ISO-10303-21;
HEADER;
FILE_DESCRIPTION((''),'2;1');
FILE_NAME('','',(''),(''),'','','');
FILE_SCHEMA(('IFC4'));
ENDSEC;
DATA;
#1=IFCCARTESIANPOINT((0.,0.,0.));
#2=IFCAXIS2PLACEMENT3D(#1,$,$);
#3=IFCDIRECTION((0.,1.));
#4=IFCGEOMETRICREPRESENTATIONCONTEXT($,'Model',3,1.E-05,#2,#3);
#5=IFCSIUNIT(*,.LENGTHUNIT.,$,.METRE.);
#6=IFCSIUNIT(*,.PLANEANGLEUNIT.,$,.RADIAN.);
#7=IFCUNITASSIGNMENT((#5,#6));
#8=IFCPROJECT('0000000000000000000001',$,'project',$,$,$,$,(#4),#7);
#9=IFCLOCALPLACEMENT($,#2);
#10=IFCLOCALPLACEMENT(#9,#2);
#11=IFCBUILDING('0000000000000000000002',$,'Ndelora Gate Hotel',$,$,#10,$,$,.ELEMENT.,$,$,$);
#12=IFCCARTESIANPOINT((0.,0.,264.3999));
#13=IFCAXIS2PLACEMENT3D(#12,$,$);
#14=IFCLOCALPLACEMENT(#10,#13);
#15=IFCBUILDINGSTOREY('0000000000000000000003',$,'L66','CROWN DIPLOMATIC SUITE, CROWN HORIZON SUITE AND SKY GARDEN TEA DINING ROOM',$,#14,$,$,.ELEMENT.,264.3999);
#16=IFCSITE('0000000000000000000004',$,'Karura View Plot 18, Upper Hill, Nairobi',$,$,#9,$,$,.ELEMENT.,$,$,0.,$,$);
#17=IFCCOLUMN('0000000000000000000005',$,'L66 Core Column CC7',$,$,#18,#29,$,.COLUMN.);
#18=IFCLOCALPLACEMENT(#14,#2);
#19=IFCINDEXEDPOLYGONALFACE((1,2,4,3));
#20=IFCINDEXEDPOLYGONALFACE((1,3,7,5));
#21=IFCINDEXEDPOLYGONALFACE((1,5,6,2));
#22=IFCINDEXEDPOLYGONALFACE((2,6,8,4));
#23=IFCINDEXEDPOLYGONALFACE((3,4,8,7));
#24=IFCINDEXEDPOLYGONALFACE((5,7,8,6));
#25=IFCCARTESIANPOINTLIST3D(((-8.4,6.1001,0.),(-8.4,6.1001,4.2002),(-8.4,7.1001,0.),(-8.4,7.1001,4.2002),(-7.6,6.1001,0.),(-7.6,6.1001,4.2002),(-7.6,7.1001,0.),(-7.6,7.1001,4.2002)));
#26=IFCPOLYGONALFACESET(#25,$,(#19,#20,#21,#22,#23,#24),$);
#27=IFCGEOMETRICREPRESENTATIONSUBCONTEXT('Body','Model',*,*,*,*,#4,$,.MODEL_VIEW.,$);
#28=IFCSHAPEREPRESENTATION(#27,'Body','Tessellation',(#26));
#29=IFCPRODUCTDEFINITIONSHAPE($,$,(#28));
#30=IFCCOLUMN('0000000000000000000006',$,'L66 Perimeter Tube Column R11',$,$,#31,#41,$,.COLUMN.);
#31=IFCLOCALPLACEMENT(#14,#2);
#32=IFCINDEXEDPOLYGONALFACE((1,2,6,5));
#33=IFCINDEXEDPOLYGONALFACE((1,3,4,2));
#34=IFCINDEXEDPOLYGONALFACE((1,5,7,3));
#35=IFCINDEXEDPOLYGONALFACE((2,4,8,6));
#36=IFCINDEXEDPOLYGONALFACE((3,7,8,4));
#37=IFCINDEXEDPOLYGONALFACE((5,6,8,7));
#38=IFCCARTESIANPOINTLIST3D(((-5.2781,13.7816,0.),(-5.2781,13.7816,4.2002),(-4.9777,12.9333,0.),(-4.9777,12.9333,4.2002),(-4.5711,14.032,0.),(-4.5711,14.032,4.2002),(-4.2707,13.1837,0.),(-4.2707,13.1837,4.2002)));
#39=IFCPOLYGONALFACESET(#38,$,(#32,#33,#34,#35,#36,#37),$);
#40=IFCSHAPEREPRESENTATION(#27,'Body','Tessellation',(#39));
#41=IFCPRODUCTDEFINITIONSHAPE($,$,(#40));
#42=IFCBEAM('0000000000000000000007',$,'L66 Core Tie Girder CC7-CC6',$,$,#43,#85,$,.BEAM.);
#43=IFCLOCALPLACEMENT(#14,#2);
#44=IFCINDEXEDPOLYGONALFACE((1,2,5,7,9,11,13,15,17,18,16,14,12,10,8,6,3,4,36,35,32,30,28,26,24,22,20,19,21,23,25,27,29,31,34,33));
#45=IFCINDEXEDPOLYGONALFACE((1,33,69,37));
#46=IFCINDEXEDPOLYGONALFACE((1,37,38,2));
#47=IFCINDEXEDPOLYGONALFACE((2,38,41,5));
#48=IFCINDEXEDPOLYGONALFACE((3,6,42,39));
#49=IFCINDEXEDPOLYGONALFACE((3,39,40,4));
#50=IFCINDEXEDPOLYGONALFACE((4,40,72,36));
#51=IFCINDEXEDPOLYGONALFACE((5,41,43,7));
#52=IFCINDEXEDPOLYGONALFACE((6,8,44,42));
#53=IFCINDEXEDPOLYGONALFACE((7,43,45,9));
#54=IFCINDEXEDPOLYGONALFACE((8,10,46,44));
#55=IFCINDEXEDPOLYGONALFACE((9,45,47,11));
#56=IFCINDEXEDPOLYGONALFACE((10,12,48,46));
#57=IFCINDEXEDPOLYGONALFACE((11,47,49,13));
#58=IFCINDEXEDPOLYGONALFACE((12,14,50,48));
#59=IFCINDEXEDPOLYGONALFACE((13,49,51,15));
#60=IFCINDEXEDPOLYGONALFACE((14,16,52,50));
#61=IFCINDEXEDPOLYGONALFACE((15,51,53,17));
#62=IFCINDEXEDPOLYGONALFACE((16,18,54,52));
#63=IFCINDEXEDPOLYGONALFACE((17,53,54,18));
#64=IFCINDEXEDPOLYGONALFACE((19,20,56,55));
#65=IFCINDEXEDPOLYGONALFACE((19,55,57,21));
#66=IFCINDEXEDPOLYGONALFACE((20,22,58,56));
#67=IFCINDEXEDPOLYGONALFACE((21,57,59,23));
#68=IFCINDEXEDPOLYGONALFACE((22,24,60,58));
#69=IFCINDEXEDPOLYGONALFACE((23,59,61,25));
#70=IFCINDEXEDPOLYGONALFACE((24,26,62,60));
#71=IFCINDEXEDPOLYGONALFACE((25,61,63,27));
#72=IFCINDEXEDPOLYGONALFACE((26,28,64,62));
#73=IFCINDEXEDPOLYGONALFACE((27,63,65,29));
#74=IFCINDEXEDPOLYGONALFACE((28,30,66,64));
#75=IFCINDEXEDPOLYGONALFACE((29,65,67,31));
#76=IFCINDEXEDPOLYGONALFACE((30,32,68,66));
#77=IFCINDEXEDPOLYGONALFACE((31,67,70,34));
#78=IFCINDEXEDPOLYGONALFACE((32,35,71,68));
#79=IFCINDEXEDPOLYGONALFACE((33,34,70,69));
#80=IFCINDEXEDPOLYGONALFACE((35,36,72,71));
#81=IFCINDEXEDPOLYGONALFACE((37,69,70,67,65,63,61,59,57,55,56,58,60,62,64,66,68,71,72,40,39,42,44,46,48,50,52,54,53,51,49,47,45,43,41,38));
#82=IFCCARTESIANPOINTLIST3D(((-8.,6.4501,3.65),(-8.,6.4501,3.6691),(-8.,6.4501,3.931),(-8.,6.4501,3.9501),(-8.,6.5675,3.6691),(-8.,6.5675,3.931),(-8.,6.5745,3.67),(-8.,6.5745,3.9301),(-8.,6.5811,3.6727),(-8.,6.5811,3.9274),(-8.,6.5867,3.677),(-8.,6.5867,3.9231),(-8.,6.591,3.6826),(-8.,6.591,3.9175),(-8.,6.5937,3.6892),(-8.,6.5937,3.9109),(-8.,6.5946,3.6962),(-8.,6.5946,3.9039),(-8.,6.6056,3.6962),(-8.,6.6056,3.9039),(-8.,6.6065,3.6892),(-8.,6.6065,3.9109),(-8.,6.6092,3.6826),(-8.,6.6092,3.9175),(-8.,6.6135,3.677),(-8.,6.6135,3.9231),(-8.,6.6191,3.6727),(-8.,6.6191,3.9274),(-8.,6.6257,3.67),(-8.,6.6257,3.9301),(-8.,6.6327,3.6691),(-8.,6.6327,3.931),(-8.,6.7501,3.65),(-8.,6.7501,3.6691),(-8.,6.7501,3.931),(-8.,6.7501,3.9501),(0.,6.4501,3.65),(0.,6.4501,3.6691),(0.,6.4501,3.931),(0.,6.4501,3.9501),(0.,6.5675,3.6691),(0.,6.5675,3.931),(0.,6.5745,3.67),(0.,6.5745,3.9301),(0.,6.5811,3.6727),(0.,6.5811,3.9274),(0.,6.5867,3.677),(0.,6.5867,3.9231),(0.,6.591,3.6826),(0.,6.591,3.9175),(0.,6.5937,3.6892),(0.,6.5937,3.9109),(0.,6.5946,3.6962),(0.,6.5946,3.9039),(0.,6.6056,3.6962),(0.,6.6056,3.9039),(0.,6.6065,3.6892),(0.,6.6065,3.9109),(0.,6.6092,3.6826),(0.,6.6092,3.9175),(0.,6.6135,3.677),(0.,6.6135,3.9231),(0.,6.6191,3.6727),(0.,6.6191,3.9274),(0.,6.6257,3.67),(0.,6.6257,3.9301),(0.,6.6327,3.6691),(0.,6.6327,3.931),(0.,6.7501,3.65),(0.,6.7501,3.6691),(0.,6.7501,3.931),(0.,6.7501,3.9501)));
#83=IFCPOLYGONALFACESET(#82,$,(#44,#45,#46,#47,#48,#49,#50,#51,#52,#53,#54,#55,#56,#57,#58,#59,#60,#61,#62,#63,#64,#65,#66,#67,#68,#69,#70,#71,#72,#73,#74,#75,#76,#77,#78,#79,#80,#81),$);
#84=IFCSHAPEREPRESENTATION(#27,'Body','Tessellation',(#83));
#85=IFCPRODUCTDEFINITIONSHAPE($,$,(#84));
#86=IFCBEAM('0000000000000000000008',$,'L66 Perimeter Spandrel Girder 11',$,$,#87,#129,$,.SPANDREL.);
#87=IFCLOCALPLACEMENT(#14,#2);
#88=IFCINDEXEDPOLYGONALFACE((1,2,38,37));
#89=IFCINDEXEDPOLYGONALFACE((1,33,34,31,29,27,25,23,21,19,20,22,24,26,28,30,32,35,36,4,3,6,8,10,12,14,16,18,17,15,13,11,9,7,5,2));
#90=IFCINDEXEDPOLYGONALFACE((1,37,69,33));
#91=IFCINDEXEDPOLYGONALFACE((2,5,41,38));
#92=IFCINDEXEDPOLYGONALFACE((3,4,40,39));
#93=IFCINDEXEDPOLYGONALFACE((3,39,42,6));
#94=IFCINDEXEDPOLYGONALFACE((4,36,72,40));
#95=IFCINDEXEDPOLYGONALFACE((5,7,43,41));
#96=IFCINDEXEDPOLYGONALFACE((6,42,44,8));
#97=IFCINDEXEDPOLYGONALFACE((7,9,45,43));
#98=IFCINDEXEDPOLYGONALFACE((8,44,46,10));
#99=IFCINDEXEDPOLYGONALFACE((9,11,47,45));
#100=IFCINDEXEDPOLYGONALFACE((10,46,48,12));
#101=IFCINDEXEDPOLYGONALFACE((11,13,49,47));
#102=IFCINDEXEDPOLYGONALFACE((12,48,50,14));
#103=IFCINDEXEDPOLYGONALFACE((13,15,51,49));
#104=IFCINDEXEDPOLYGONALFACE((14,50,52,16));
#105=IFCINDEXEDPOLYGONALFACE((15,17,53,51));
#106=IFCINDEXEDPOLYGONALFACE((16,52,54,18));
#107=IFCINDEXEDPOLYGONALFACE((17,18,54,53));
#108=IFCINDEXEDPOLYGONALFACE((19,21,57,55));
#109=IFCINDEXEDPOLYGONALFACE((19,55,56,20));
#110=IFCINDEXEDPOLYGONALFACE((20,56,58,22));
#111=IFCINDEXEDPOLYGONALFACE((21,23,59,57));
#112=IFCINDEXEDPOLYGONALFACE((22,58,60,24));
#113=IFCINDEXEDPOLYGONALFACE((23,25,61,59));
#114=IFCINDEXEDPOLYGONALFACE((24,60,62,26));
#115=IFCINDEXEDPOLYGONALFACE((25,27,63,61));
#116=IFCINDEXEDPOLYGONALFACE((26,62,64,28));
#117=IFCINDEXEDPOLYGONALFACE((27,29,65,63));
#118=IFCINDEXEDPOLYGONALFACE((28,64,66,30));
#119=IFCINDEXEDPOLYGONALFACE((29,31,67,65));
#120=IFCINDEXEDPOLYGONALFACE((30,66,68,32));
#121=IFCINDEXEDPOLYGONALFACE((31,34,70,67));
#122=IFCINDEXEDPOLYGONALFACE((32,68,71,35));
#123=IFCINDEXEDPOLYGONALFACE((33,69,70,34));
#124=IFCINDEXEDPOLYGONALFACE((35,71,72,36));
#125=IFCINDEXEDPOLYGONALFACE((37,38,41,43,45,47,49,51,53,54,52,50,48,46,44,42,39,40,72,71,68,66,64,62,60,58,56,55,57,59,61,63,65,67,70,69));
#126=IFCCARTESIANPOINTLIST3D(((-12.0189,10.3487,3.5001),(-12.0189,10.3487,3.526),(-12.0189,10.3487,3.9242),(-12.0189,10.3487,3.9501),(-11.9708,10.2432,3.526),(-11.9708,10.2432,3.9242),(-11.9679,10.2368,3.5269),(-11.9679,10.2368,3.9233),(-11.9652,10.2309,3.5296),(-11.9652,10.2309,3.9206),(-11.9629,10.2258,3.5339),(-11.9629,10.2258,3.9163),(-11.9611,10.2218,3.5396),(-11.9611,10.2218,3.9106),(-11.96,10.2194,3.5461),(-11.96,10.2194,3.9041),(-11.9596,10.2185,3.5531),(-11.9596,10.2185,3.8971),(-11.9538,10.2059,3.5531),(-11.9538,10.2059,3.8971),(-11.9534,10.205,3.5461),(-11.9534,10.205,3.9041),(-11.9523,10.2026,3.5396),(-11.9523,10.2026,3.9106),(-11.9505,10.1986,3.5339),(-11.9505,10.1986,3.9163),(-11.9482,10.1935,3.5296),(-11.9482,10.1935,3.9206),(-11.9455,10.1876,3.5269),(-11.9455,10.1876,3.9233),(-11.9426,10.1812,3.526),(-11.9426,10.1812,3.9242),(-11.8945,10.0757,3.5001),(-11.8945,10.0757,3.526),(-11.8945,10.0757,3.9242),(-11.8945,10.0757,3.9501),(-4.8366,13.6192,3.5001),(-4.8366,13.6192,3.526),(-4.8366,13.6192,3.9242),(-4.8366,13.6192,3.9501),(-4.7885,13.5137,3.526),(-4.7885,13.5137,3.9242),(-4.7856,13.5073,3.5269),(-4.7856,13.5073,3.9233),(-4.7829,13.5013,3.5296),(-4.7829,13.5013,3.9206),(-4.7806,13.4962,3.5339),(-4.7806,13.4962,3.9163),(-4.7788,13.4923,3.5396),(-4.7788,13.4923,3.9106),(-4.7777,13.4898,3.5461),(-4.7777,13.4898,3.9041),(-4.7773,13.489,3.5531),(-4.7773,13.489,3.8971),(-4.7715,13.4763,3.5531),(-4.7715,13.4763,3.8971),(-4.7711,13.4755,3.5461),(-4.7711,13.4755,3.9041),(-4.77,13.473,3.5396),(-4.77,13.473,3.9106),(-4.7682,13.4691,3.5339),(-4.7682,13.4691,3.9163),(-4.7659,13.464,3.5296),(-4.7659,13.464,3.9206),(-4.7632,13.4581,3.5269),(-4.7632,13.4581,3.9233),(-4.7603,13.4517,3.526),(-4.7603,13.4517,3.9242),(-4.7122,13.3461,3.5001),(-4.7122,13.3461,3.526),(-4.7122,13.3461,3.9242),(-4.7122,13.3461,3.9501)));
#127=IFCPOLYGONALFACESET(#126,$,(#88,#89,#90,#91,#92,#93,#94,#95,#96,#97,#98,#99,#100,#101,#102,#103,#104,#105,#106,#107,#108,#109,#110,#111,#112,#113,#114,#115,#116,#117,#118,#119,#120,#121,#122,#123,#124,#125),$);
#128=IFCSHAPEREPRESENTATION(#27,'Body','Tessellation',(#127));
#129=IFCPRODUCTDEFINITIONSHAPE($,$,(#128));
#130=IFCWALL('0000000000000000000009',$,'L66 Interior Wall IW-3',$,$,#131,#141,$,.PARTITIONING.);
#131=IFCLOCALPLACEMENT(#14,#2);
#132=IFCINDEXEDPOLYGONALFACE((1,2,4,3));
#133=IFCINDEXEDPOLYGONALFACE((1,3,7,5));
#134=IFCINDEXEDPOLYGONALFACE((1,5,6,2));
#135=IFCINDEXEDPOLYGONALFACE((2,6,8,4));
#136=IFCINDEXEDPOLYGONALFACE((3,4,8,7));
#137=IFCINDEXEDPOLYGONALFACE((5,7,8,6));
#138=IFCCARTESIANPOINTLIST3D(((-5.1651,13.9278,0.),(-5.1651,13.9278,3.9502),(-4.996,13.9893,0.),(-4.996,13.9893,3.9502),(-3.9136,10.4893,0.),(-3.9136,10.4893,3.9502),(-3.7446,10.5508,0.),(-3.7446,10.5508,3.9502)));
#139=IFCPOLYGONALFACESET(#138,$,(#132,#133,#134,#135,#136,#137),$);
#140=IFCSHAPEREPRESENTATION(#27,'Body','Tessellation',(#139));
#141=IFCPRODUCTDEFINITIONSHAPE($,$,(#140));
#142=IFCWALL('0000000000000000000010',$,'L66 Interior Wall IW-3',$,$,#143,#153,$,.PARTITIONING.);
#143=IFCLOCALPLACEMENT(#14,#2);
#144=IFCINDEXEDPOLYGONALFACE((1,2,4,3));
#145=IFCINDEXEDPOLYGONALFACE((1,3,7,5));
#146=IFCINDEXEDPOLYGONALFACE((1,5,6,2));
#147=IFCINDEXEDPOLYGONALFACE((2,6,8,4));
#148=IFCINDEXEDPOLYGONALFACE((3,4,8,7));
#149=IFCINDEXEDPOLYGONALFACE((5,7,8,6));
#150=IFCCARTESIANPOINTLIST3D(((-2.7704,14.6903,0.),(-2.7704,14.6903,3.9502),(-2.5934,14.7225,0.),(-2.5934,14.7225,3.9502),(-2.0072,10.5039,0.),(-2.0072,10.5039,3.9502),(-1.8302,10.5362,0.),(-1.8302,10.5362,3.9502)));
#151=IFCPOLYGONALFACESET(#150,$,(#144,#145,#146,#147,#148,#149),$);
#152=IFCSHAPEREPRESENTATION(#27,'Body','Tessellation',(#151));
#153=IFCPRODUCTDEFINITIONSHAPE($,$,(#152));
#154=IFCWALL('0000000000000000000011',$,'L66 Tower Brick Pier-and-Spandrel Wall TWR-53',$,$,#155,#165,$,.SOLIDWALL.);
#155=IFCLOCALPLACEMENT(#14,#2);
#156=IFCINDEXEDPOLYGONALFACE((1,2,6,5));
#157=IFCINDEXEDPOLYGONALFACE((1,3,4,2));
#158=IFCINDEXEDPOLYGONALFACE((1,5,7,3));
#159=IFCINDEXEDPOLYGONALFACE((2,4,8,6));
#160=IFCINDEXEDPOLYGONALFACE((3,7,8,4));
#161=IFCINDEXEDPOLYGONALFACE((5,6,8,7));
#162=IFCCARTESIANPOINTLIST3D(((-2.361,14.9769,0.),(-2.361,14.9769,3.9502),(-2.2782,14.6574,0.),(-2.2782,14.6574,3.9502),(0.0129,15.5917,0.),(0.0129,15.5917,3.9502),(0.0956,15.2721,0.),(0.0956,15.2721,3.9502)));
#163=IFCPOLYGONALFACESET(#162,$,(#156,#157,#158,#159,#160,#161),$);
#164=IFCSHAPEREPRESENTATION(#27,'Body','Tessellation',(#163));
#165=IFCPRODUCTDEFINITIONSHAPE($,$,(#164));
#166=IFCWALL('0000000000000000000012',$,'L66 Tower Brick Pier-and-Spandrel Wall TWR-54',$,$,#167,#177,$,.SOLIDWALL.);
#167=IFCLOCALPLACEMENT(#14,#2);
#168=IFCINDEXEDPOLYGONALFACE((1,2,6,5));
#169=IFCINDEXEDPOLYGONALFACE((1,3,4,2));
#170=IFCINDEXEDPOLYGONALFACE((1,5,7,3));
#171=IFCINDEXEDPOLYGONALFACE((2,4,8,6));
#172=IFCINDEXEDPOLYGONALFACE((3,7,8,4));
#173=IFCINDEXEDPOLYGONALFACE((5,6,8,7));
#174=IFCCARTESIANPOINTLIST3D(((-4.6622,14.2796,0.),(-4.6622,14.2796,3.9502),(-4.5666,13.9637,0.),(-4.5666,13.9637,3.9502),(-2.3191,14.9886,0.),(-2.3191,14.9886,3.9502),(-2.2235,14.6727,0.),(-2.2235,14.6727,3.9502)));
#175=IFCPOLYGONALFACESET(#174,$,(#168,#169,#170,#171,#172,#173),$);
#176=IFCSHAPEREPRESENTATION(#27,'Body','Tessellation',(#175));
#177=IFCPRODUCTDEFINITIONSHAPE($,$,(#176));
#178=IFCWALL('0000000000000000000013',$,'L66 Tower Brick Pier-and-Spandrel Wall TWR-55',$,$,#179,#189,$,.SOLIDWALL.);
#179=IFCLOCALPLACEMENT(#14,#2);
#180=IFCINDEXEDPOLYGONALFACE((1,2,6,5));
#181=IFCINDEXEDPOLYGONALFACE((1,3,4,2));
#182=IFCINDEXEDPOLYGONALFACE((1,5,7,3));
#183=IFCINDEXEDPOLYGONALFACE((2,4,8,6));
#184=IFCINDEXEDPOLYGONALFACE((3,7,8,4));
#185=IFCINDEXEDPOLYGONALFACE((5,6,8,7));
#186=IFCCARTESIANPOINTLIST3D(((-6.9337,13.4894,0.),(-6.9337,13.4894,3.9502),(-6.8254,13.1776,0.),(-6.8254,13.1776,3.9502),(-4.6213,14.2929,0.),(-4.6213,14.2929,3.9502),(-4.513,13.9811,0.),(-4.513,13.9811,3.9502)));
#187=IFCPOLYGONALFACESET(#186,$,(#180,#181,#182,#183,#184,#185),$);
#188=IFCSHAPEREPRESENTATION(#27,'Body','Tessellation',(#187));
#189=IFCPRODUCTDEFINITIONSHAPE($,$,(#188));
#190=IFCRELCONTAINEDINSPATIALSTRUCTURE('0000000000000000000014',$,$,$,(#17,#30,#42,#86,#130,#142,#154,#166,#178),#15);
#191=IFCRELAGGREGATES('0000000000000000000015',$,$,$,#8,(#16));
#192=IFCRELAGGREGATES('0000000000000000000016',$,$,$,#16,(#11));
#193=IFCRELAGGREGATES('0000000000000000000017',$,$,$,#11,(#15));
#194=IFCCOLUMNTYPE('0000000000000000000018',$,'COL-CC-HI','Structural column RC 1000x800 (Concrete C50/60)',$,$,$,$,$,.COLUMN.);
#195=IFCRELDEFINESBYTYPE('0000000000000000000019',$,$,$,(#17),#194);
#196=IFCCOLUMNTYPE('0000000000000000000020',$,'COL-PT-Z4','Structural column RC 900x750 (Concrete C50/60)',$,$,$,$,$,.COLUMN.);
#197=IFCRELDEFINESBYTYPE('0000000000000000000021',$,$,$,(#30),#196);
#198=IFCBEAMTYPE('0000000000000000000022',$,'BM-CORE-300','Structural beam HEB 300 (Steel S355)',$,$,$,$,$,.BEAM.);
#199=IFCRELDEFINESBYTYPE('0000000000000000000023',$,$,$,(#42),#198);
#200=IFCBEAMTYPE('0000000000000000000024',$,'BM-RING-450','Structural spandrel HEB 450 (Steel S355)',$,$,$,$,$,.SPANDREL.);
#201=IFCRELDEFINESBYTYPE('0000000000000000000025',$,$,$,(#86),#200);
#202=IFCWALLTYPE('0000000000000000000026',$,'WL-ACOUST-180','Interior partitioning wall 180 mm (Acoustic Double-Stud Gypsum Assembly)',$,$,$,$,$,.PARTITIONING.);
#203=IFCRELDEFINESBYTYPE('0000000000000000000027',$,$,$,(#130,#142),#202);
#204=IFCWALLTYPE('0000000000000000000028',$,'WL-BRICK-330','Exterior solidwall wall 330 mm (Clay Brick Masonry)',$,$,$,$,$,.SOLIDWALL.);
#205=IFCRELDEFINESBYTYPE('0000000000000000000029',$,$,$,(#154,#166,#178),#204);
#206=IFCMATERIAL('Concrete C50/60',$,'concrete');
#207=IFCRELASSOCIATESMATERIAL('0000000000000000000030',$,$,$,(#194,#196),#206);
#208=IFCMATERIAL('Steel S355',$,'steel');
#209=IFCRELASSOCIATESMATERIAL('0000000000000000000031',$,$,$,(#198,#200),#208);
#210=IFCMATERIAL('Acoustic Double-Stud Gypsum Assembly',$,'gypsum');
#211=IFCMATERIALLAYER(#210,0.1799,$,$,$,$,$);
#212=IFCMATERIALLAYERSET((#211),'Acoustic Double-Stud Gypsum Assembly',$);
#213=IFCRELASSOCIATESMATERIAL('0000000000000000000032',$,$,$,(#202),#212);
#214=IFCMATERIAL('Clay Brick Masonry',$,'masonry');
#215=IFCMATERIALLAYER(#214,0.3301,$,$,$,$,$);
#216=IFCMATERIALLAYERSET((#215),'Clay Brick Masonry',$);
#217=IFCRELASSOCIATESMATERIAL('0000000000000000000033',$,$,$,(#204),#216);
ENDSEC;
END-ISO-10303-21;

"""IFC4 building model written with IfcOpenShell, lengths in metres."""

from ifc_helpers import new_model, si_unit, direction, frame, frame_2d, origin, origin_2d, place, context, subcontext, project, spatial, rectangle, i_section, extrude, material, layer, layer_set, material_profile, profile_set, type_object, element, save


model = new_model("IFC4")

# Units and contexts
model_context = context("Model", 3, precision=1e-05, world=origin(), true_north=direction((0.0, 1.0)))
body_context = subcontext(model_context, "Body", "Model", "MODEL_VIEW")
ifc_project = project(units=[si_unit("LENGTHUNIT", "METRE"), si_unit("PLANEANGLEUNIT", "RADIAN")], contexts=[model_context])

# Site, building, storey
site_placement = place(None, origin())
site = spatial("IfcSite", under=ifc_project, at=site_placement, Name="Karura View Plot 18, Upper Hill, Nairobi", CompositionType="ELEMENT", RefElevation=0.0)
building_placement = place(site_placement, origin())
building = spatial("IfcBuilding", under=site, at=building_placement, Name="Ndelora Gate Hotel", CompositionType="ELEMENT")
storey_placement = place(building_placement, frame((0.0, 0.0, 264.3999)))
storey = spatial("IfcBuildingStorey", under=building, at=storey_placement, Name="L66", Description="CROWN DIPLOMATIC SUITE, CROWN HORIZON SUITE AND SKY GARDEN TEA DINING ROOM", CompositionType="ELEMENT", Elevation=264.3999)

# Columns
ifc_material_1 = material(Name="Concrete C50/60", Category="concrete")
ifc_material_profile_1 = material_profile(ifc_material_1, rectangle(XDim=0.8, YDim=1.0, at=origin_2d()), Name="RC 1000x800")
ifc_profile_set_1 = profile_set([ifc_material_profile_1], Name="Concrete C50/60")
column_type_1 = type_object("IfcColumnType", Name="COL-CC-HI", Description="Structural column RC 1000x800 (Concrete C50/60)", PredefinedType="COLUMN", material=ifc_profile_set_1)
column_1_placement = place(storey_placement, frame((-8.0, 6.6001, 0.0), z_axis=(0.0, 0.0, 1.0), x_axis=(1.0, 0.0, 0.0)))
element("IfcColumn", 1, at=column_1_placement, inside=storey, type_object=column_type_1, Name="L66 Core Column CC7", PredefinedType="COLUMN", context=body_context, shape_type="SweptSolid", body=[
    extrude(rectangle(XDim=0.8, YDim=1.0, at=origin_2d()), origin(), (0.0, 0.0, 1.0), 4.2002),
])
ifc_material_profile_2 = material_profile(ifc_material_1, rectangle(XDim=0.75, YDim=0.8999, at=origin_2d()), Name="RC 900x750")
ifc_profile_set_2 = profile_set([ifc_material_profile_2], Name="Concrete C50/60")
column_type_2 = type_object("IfcColumnType", Name="COL-PT-Z4", Description="Structural column RC 900x750 (Concrete C50/60)", PredefinedType="COLUMN", material=ifc_profile_set_2)
column_2_placement = place(storey_placement, frame((-4.7744, 13.4827, 0.0), z_axis=(0.0, 0.0, 1.0), x_axis=(0.942641, 0.333807, 0.0)))
element("IfcColumn", 2, at=column_2_placement, inside=storey, type_object=column_type_2, Name="L66 Perimeter Tube Column R11", PredefinedType="COLUMN", context=body_context, shape_type="SweptSolid", body=[
    extrude(rectangle(XDim=0.75, YDim=0.8999, at=origin_2d()), origin(), (0.0, 0.0, 1.0), 4.2002),
])

# Beams
ifc_material_2 = material(Name="Steel S355", Category="steel")
ifc_material_profile_3 = material_profile(ifc_material_2, i_section(OverallWidth=0.3, OverallDepth=0.3, WebThickness=0.011, FlangeThickness=0.019, FilletRadius=0.0271, at=origin_2d()), Name="HEB 300")
ifc_profile_set_3 = profile_set([ifc_material_profile_3], Name="Steel S355")
beam_type_1 = type_object("IfcBeamType", Name="BM-CORE-300", Description="Structural beam HEB 300 (Steel S355)", PredefinedType="BEAM", material=ifc_profile_set_3)
beam_1_placement = place(storey_placement, frame((-8.0, 6.6001, 3.8), z_axis=(1.0, 0.0, 0.0), x_axis=(0.0, 1.0, 0.0)))
element("IfcBeam", 3, at=beam_1_placement, inside=storey, type_object=beam_type_1, Name="L66 Core Tie Girder CC7-CC6", PredefinedType="BEAM", context=body_context, shape_type="SweptSolid", body=[
    extrude(i_section(OverallWidth=0.3, OverallDepth=0.3, WebThickness=0.011, FlangeThickness=0.019, FilletRadius=0.0271, at=origin_2d()), origin(), (0.0, 0.0, 1.0), 8.0),
])
ifc_material_profile_4 = material_profile(ifc_material_2, i_section(OverallWidth=0.3, OverallDepth=0.45, WebThickness=0.0139, FlangeThickness=0.0259, FilletRadius=0.0271, at=origin_2d()), Name="HEB 450")
ifc_profile_set_4 = profile_set([ifc_material_profile_4], Name="Steel S355")
beam_type_2 = type_object("IfcBeamType", Name="BM-RING-450", Description="Structural spandrel HEB 450 (Steel S355)", PredefinedType="SPANDREL", material=ifc_profile_set_4)
beam_2_placement = place(storey_placement, frame((-4.7744, 13.4827, 3.7251), z_axis=(-0.91009, -0.414411, 0.0), x_axis=(0.414411, -0.91009, 0.0)))
element("IfcBeam", 4, at=beam_2_placement, inside=storey, type_object=beam_type_2, Name="L66 Perimeter Spandrel Girder 11", PredefinedType="SPANDREL", context=body_context, shape_type="SweptSolid", body=[
    extrude(i_section(OverallWidth=0.3, OverallDepth=0.45, WebThickness=0.0139, FlangeThickness=0.0259, FilletRadius=0.0271, at=origin_2d()), origin(), (0.0, 0.0, 1.0), 7.8918),
])

# Walls
ifc_material_3 = material(Name="Acoustic Double-Stud Gypsum Assembly", Category="gypsum")
ifc_layer_1 = layer(ifc_material_3, 0.1799)
ifc_layer_set_1 = layer_set([ifc_layer_1], Name="Acoustic Double-Stud Gypsum Assembly")
wall_type_1 = type_object("IfcWallType", Name="WL-ACOUST-180", Description="Interior partitioning wall 180 mm (Acoustic Double-Stud Gypsum Assembly)", PredefinedType="PARTITIONING", material=ifc_layer_set_1)
wall_1_placement = place(storey_placement, frame((-3.8291, 10.52, 0.0), z_axis=(0.0, 0.0, 1.0), x_axis=(-0.342011, 0.939696, 0.0)))
element("IfcWall", 5, at=wall_1_placement, inside=storey, type_object=wall_type_1, Name="L66 Interior Wall IW-3", PredefinedType="PARTITIONING", context=body_context, shape_type="SweptSolid", body=[
    extrude(rectangle(XDim=3.6592, YDim=0.1799, at=frame_2d((1.8296, 0.0))), origin(), (0.0, 0.0, 1.0), 3.9502),
])
wall_2_placement = place(storey_placement, frame((-1.9187, 10.52, 0.0), z_axis=(0.0, 0.0, 1.0), x_axis=(-0.17935, 0.983785, 0.0)))
element("IfcWall", 6, at=wall_2_placement, inside=storey, type_object=wall_type_1, Name="L66 Interior Wall IW-3", PredefinedType="PARTITIONING", context=body_context, shape_type="SweptSolid", body=[
    extrude(rectangle(XDim=4.2554, YDim=0.1799, at=frame_2d((2.1277, 0.0))), origin(), (0.0, 0.0, 1.0), 3.9502),
])
ifc_material_4 = material(Name="Clay Brick Masonry", Category="masonry")
ifc_layer_2 = layer(ifc_material_4, 0.3301)
ifc_layer_set_2 = layer_set([ifc_layer_2], Name="Clay Brick Masonry")
wall_type_2 = type_object("IfcWallType", Name="WL-BRICK-330", Description="Exterior solidwall wall 330 mm (Clay Brick Masonry)", PredefinedType="SOLIDWALL", material=ifc_layer_set_2)
wall_3_placement = place(storey_placement, frame((-2.3196, 14.8171, 0.0), z_axis=(0.0, 0.0, 1.0), x_axis=(0.968064, 0.250703, 0.0)))
element("IfcWall", 7, at=wall_3_placement, inside=storey, type_object=wall_type_2, Name="L66 Tower Brick Pier-and-Spandrel Wall TWR-53", PredefinedType="SOLIDWALL", context=body_context, shape_type="SweptSolid", body=[
    extrude(rectangle(XDim=2.4521, YDim=0.3301, at=frame_2d((1.2261, 0.0))), origin(), (0.0, 0.0, 1.0), 3.9502),
])
for number, where, z_axis, x_axis, name in (
    (8, (-4.6145, 14.1216, 0.0), (0.0, 0.0, 1.0), (0.95714, 0.289625, 0.0), "L66 Tower Brick Pier-and-Spandrel Wall TWR-54"),
    (9, (-6.8796, 13.3335, 0.0), (0.0, 0.0, 1.0), (0.944608, 0.3282, 0.0), "L66 Tower Brick Pier-and-Spandrel Wall TWR-55"),
):
    element("IfcWall", number, at=place(storey_placement, frame(where, z_axis=z_axis, x_axis=x_axis)), inside=storey, type_object=wall_type_2, Name=name, PredefinedType="SOLIDWALL", context=body_context, shape_type="SweptSolid", body=[
        extrude(rectangle(XDim=2.448, YDim=0.3301, at=frame_2d((1.2241, 0.0))), origin(), (0.0, 0.0, 1.0), 3.9502),
    ])

save(model, "model.ifc")
